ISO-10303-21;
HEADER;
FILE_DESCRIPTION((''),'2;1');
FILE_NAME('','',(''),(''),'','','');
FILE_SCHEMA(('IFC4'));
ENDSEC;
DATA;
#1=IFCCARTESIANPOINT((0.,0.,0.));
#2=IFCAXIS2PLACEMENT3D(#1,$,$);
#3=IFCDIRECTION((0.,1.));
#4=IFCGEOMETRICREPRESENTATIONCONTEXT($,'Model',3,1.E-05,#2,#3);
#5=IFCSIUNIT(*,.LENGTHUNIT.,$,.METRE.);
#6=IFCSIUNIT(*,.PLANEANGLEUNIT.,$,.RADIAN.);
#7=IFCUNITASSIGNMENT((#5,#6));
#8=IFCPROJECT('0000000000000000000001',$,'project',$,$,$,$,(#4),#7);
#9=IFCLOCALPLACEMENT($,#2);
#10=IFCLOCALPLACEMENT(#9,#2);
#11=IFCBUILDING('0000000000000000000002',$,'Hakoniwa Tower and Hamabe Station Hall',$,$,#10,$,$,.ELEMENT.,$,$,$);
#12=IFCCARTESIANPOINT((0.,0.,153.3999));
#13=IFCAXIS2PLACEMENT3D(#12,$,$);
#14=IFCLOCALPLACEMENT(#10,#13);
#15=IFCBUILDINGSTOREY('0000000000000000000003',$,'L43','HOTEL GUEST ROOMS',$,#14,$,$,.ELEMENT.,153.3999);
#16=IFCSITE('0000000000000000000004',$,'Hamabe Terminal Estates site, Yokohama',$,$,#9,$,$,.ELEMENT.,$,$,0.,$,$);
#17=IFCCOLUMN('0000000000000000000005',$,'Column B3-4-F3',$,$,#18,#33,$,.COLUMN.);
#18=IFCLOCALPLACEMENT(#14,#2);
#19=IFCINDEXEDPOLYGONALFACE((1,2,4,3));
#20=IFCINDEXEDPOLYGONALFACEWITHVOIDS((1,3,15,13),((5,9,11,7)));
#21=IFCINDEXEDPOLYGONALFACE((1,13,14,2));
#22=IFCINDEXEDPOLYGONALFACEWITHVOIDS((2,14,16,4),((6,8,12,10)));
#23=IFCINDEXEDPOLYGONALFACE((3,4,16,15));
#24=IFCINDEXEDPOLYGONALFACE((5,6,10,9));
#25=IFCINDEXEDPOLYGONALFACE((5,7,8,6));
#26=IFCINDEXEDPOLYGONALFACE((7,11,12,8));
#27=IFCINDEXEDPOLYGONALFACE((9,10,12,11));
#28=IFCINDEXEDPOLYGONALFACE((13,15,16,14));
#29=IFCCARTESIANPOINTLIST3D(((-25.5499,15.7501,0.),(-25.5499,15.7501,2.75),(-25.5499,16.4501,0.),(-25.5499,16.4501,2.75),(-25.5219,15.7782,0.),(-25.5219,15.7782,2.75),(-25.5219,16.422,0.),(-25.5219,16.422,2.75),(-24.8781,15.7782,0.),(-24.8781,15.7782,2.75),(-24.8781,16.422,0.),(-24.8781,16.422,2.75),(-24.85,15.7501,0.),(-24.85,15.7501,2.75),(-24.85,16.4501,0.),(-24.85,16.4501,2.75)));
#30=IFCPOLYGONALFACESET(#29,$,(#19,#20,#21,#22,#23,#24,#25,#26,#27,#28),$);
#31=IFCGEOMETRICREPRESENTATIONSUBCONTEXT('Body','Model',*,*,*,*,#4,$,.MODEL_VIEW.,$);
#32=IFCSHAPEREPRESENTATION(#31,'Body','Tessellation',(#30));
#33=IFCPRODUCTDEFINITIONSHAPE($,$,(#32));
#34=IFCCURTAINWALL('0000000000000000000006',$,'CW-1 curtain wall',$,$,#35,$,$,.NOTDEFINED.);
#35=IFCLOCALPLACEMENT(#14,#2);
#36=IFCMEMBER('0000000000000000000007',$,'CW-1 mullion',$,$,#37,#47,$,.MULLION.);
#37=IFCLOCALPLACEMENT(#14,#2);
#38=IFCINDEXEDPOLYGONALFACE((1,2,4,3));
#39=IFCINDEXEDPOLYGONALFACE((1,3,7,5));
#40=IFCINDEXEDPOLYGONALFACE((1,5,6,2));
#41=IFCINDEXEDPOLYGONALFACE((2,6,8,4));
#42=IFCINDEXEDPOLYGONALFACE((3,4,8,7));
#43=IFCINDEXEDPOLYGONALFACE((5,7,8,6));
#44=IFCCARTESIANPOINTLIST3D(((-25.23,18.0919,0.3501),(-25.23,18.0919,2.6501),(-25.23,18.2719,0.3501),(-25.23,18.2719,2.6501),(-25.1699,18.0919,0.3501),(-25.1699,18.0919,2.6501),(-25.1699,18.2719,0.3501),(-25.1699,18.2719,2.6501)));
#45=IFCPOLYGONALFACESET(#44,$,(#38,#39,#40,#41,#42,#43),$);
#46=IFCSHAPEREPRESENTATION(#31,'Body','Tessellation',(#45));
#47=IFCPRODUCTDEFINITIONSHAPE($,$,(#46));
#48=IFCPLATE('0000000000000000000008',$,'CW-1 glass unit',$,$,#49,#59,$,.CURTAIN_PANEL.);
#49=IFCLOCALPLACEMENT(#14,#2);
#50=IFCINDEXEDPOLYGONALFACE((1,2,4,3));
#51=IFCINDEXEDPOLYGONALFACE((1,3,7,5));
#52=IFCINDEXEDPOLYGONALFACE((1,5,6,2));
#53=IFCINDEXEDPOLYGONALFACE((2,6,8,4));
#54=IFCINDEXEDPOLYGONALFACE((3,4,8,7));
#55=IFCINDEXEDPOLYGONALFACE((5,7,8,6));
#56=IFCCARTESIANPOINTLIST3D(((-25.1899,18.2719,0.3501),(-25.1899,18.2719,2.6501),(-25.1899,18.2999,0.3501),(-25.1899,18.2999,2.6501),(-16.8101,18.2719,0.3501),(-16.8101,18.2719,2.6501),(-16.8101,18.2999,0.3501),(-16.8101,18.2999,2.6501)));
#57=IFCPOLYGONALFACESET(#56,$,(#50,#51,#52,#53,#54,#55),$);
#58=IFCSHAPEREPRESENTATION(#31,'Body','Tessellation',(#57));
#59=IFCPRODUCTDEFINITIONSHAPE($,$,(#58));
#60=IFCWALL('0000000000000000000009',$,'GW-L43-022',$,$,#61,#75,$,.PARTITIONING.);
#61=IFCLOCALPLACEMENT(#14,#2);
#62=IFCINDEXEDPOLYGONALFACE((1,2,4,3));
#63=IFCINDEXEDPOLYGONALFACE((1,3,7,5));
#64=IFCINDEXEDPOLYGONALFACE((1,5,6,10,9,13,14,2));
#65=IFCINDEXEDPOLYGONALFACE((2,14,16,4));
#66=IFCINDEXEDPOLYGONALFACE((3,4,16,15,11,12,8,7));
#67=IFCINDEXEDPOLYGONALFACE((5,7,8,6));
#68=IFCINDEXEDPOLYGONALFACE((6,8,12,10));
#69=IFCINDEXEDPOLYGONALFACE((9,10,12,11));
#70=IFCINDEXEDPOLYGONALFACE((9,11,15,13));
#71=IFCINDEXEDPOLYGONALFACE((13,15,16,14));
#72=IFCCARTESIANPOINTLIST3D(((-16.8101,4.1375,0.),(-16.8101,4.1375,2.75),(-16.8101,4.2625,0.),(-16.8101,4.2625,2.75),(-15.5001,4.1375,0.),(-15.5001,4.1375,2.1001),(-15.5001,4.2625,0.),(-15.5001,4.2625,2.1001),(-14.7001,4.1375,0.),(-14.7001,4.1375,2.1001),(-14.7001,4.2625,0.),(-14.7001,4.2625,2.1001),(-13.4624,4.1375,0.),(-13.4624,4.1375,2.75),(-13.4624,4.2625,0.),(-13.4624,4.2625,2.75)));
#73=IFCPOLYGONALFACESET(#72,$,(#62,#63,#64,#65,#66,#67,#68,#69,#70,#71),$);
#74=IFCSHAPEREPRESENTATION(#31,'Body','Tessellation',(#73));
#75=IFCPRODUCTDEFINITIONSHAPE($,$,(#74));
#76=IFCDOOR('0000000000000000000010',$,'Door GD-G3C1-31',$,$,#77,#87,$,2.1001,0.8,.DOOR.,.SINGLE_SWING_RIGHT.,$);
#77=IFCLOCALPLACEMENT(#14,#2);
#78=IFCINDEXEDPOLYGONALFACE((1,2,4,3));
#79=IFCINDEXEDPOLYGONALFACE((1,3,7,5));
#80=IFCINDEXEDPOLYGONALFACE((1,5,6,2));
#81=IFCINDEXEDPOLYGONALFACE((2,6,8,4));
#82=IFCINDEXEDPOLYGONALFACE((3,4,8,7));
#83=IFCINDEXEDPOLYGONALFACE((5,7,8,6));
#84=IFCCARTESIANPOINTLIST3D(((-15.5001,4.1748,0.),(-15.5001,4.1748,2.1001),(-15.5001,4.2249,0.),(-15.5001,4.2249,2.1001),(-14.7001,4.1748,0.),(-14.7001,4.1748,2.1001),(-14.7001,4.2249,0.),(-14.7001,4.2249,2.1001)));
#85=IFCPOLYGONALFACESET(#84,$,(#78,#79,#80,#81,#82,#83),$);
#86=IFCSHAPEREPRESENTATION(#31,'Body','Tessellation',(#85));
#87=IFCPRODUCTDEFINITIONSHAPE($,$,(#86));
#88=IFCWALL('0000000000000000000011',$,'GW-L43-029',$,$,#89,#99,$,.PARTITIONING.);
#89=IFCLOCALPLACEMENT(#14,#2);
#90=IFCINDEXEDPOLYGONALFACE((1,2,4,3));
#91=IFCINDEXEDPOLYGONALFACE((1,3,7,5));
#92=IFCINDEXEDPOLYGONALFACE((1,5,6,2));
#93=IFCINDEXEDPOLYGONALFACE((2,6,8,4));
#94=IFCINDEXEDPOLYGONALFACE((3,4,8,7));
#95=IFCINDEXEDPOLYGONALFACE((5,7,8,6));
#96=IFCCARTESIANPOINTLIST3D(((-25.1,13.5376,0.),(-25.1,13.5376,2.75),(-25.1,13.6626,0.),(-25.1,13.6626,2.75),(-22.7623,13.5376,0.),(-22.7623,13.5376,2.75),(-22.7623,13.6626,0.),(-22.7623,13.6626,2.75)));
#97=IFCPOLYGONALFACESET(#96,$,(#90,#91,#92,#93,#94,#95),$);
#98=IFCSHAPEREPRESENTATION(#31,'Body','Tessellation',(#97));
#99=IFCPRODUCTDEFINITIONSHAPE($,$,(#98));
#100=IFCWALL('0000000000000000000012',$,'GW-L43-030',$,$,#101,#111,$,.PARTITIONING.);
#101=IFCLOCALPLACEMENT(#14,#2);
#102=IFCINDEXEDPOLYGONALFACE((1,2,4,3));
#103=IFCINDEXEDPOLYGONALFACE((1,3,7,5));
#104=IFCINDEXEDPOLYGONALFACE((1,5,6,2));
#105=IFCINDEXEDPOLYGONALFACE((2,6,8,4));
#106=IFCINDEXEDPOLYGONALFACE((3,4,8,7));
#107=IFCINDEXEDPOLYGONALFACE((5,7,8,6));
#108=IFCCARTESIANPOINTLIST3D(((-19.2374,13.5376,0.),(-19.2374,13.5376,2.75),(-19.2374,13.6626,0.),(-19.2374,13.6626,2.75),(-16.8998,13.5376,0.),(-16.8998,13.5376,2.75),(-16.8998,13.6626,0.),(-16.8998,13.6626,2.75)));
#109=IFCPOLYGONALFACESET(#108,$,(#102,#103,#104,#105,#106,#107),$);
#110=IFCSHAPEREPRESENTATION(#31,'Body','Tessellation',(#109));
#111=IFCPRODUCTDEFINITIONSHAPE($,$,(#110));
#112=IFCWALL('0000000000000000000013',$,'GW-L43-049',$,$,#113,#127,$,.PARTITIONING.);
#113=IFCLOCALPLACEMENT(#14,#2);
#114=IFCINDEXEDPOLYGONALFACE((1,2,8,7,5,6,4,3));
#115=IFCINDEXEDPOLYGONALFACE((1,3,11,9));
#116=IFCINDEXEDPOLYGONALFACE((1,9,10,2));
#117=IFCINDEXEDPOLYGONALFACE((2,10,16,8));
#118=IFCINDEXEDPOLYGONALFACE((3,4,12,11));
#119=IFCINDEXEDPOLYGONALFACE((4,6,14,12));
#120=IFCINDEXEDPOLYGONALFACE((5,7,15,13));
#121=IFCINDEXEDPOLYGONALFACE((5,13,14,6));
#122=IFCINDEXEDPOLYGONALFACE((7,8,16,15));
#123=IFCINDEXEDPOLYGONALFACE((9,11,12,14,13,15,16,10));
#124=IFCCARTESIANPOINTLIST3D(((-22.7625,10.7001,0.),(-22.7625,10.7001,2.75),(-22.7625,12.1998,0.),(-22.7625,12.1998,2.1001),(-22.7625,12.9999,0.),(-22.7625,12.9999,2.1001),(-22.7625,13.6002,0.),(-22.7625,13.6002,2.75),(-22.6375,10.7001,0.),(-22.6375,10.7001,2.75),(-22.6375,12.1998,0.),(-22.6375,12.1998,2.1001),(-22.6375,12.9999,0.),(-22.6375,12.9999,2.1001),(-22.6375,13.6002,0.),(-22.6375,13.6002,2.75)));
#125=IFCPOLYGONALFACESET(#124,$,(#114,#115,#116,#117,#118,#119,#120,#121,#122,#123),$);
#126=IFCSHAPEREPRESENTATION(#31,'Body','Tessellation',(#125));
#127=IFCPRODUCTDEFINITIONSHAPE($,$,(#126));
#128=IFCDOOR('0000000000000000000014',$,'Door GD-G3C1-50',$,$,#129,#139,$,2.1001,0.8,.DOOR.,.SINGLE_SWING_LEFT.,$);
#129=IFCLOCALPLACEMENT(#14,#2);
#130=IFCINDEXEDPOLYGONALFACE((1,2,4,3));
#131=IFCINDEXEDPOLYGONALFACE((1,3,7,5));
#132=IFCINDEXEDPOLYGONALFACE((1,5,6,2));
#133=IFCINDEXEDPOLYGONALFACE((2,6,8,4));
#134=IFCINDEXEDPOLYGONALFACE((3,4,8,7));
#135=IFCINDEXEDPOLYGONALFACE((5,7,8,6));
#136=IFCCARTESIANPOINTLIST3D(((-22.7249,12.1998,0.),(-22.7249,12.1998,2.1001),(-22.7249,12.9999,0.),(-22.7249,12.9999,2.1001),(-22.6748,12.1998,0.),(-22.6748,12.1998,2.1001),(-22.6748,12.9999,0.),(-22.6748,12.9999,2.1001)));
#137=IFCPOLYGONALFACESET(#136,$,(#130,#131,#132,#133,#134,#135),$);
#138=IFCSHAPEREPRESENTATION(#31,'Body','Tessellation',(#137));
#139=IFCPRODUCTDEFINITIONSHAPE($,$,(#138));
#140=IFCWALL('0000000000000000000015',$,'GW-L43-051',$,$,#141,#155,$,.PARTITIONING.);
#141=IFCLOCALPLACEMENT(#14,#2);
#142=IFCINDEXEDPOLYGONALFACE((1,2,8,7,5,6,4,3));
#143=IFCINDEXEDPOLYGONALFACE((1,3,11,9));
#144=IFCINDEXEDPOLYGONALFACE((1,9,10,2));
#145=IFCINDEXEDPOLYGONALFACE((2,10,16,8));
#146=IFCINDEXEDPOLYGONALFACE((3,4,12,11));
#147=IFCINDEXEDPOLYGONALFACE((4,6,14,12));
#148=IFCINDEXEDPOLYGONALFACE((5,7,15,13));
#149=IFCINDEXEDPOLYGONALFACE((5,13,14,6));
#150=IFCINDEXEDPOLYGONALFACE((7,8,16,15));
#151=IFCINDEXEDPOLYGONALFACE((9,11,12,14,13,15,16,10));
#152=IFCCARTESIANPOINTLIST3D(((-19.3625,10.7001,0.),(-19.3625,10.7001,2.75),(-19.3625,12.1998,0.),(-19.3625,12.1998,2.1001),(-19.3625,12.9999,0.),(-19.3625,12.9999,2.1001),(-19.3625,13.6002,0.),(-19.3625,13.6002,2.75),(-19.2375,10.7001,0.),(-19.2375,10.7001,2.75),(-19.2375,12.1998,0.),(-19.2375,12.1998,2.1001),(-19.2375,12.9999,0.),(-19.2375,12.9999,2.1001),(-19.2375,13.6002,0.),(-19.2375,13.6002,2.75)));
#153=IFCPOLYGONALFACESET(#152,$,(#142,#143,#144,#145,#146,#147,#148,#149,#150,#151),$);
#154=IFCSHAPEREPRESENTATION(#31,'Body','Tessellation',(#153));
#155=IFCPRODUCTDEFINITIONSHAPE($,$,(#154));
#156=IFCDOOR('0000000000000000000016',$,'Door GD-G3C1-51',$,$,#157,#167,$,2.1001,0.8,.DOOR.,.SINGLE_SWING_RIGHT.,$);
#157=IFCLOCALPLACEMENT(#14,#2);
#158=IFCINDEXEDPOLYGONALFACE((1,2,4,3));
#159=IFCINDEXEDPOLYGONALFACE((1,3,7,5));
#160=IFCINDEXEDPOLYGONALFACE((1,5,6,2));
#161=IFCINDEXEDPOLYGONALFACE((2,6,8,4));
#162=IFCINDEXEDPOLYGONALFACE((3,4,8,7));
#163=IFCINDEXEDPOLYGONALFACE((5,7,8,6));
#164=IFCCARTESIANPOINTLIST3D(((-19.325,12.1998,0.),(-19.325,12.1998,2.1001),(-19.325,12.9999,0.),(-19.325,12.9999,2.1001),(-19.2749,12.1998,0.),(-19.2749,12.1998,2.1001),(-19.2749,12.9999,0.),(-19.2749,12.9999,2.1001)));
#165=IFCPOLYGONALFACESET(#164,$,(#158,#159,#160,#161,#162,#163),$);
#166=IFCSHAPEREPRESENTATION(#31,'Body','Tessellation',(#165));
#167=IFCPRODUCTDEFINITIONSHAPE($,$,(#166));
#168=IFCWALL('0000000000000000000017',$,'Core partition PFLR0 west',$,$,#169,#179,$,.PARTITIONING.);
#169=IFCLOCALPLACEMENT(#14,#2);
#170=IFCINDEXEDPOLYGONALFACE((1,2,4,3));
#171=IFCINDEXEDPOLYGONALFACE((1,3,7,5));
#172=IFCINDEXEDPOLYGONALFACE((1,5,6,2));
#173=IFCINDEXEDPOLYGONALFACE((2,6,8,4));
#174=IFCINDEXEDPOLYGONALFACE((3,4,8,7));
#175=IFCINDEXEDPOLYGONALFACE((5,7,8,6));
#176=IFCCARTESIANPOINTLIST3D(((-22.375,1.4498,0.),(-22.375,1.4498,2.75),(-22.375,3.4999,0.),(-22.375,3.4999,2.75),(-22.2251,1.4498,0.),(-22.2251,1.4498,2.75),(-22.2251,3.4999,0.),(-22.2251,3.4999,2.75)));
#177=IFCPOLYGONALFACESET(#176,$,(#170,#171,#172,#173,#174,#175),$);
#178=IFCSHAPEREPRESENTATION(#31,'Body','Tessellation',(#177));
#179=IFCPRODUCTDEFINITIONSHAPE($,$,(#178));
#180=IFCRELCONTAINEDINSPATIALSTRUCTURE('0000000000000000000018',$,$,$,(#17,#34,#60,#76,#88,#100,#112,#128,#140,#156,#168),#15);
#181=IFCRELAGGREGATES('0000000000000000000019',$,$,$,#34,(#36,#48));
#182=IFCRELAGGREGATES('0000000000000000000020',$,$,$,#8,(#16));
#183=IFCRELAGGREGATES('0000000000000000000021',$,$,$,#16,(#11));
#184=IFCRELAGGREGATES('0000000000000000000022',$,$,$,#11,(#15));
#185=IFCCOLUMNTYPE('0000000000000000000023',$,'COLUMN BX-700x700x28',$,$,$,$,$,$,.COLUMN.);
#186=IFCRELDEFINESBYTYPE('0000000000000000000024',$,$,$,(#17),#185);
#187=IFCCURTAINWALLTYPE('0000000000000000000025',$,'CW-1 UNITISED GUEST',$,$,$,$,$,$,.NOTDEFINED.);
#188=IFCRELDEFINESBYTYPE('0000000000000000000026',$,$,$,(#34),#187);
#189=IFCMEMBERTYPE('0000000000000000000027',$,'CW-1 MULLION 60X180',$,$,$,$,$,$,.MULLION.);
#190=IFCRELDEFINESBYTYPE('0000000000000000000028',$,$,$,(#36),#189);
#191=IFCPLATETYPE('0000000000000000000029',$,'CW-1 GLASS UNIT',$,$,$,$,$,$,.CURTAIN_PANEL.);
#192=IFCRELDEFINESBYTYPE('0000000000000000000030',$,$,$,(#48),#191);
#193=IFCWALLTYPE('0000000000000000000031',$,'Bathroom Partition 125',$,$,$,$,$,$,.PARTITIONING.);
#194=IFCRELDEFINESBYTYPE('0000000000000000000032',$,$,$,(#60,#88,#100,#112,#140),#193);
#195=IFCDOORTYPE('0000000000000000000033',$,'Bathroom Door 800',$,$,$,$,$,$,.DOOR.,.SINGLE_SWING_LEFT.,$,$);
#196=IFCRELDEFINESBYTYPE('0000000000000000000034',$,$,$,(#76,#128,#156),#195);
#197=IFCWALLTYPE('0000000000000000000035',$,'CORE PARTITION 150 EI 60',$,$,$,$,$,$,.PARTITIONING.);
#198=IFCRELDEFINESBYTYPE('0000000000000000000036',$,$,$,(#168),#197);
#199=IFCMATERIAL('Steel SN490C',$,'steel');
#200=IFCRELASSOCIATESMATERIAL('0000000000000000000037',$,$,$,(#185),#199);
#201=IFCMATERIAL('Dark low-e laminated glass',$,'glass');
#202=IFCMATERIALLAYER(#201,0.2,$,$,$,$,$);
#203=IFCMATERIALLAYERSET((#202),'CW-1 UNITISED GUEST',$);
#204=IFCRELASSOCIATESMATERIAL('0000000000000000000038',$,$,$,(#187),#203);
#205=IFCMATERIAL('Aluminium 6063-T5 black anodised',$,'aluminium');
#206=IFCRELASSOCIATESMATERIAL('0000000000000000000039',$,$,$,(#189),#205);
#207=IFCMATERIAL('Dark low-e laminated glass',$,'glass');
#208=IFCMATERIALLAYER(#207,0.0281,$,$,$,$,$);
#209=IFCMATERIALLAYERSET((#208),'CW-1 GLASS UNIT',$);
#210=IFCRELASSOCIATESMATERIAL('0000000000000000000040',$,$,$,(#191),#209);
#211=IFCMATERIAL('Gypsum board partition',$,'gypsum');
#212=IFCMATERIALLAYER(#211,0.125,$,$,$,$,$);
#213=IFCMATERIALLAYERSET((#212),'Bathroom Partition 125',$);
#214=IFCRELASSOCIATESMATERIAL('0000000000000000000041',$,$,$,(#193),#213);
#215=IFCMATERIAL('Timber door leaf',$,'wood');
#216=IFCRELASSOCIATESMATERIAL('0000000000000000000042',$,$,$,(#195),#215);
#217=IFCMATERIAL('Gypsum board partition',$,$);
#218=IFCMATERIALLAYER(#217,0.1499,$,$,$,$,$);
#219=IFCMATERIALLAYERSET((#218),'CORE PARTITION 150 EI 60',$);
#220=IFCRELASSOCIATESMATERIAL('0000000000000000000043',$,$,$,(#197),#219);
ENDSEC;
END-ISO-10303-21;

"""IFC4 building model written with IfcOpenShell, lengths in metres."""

from ifc_helpers import new_model, si_unit, direction, frame, frame_2d, origin, origin_2d, place, context, subcontext, project, spatial, rectangle, hollow_rectangle, extrude, material, layer, layer_set, material_profile, profile_set, type_object, element, fill, aggregate, save


model = new_model("IFC4")

# Units and contexts
model_context = context("Model", 3, precision=1e-05, world=origin(), true_north=direction((0.0, 1.0)))
body_context = subcontext(model_context, "Body", "Model", "MODEL_VIEW")
ifc_project = project(units=[si_unit("LENGTHUNIT", "METRE"), si_unit("PLANEANGLEUNIT", "RADIAN")], contexts=[model_context])

# Site, building, storey
site_placement = place(None, origin())
site = spatial("IfcSite", under=ifc_project, at=site_placement, Name="Hamabe Terminal Estates site, Yokohama", CompositionType="ELEMENT", RefElevation=0.0)
building_placement = place(site_placement, origin())
building = spatial("IfcBuilding", under=site, at=building_placement, Name="Hakoniwa Tower and Hamabe Station Hall", CompositionType="ELEMENT")
storey_placement = place(building_placement, frame((0.0, 0.0, 153.3999)))
storey = spatial("IfcBuildingStorey", under=building, at=storey_placement, Name="L43", Description="HOTEL GUEST ROOMS", CompositionType="ELEMENT", Elevation=153.3999)

# Column
ifc_material_1 = material(Name="Steel SN490C", Category="steel")
ifc_material_profile_1 = material_profile(ifc_material_1, hollow_rectangle(XDim=0.7, YDim=0.7, WallThickness=0.0281, at=origin_2d()), Name="BX-700x700x28")
ifc_profile_set_1 = profile_set([ifc_material_profile_1], Name="Steel SN490C")
column_type = type_object("IfcColumnType", Name="COLUMN BX-700x700x28", PredefinedType="COLUMN", material=ifc_profile_set_1)
column_placement = place(storey_placement, frame((-25.2, 16.1001, 0.0), z_axis=(0.0, 0.0, 1.0), x_axis=(1.0, 0.0, 0.0)))
element("IfcColumn", 1, at=column_placement, inside=storey, type_object=column_type, Name="Column B3-4-F3", PredefinedType="COLUMN", context=body_context, shape_type="SweptSolid", body=[
    extrude(hollow_rectangle(XDim=0.7, YDim=0.7, WallThickness=0.0281, at=origin_2d()), origin(), (0.0, 0.0, 1.0), 2.75),
])

# Curtain wall, member, plate
ifc_material_2 = material(Name="Dark low-e laminated glass", Category="glass")
ifc_layer_1 = layer(ifc_material_2, 0.2)
ifc_layer_set_1 = layer_set([ifc_layer_1], Name="CW-1 UNITISED GUEST")
curtain_wall_type = type_object("IfcCurtainWallType", Name="CW-1 UNITISED GUEST", PredefinedType="NOTDEFINED", material=ifc_layer_set_1)
curtain_wall_placement = place(storey_placement, origin())
curtain_wall = element("IfcCurtainWall", 2, at=curtain_wall_placement, inside=storey, type_object=curtain_wall_type, Name="CW-1 curtain wall", PredefinedType="NOTDEFINED")
ifc_material_3 = material(Name="Aluminium 6063-T5 black anodised", Category="aluminium")
ifc_material_profile_2 = material_profile(ifc_material_3, rectangle(XDim=0.0601, YDim=0.1799, at=origin_2d()), Name="CW-1 MULLION 60X180")
ifc_profile_set_2 = profile_set([ifc_material_profile_2], Name="Aluminium 6063-T5 black anodised")
member_type = type_object("IfcMemberType", Name="CW-1 MULLION 60X180", PredefinedType="MULLION", material=ifc_profile_set_2)
member_placement = place(storey_placement, frame((-25.2, 18.1819, 0.3501), z_axis=(0.0, 0.0, 1.0), x_axis=(-1.0, 0.0, 0.0)))
member = element("IfcMember", 3, at=member_placement, type_object=member_type, Name="CW-1 mullion", PredefinedType="MULLION", context=body_context, shape_type="SweptSolid", body=[
    extrude(rectangle(XDim=0.0601, YDim=0.1799, at=origin_2d()), origin(), (0.0, 0.0, 1.0), 2.3),
])
ifc_material_4 = material(Name="Dark low-e laminated glass", Category="glass")
ifc_layer_2 = layer(ifc_material_4, 0.0281)
ifc_layer_set_2 = layer_set([ifc_layer_2], Name="CW-1 GLASS UNIT")
plate_type = type_object("IfcPlateType", Name="CW-1 GLASS UNIT", PredefinedType="CURTAIN_PANEL", material=ifc_layer_set_2)
plate_placement = place(storey_placement, frame((-21.0, 18.2859, 0.3501), z_axis=(0.0, 0.0, 1.0), x_axis=(-1.0, 0.0, 0.0)))
plate = element("IfcPlate", 4, at=plate_placement, type_object=plate_type, Name="CW-1 glass unit", PredefinedType="CURTAIN_PANEL", context=body_context, shape_type="SweptSolid", body=[
    extrude(rectangle(XDim=8.3799, YDim=0.0281, at=origin_2d()), origin(), (0.0, 0.0, 1.0), 2.3),
])
aggregate(curtain_wall, [member, plate])

# Wall, opening, door
ifc_material_5 = material(Name="Gypsum board partition", Category="gypsum")
ifc_layer_3 = layer(ifc_material_5, 0.125)
ifc_layer_set_3 = layer_set([ifc_layer_3], Name="Bathroom Partition 125")
wall_type_1 = type_object("IfcWallType", Name="Bathroom Partition 125", PredefinedType="PARTITIONING", material=ifc_layer_set_3)
wall_1_placement = place(storey_placement, frame((-16.8101, 4.2, 0.0), z_axis=(0.0, 0.0, 1.0), x_axis=(1.0, 0.0, 0.0)))
wall_1 = element("IfcWall", 5, at=wall_1_placement, inside=storey, type_object=wall_type_1, Name="GW-L43-022", PredefinedType="PARTITIONING", context=body_context, shape_type="SweptSolid", body=[
    extrude(rectangle(XDim=3.3477, YDim=0.125, at=frame_2d((1.6738, 0.0))), origin(), (0.0, 0.0, 1.0), 2.75),
])
opening_1_placement = place(wall_1_placement, frame((1.3101, 0.0, 0.0)))
opening_1 = element("IfcOpeningElement", 6, at=opening_1_placement, cuts=wall_1, PredefinedType="OPENING", context=body_context, shape_type="SweptSolid", body=[
    extrude(rectangle(XDim=0.8, YDim=2.1001, at=frame_2d((0.3999, 1.05))), frame((0.0, 0.0725, 0.0), z_axis=(0.0, -1.0, 0.0), x_axis=(1.0, 0.0, 0.0)), (0.0, 0.0, 1.0), 0.145),
])
ifc_material_6 = material(Name="Timber door leaf", Category="wood")
door_type_1 = type_object("IfcDoorType", Name="Bathroom Door 800", OperationType="SINGLE_SWING_LEFT", PredefinedType="DOOR", material=ifc_material_6)
door_1_placement = place(opening_1_placement, origin())
door_1 = element("IfcDoor", 7, at=door_1_placement, inside=storey, type_object=door_type_1, Name="Door GD-G3C1-31", OperationType="SINGLE_SWING_RIGHT", OverallHeight=2.1001, OverallWidth=0.8, PredefinedType="DOOR", context=body_context, shape_type="SweptSolid", body=[
    extrude(rectangle(XDim=0.8, YDim=2.1001, at=frame_2d((0.3999, 1.05))), frame((0.0, 0.0249, 0.0), z_axis=(0.0, -1.0, 0.0), x_axis=(1.0, 0.0, 0.0)), (0.0, 0.0, 1.0), 0.05),
])
fill(opening_1, door_1)

# Walls
for number, where, z_axis, x_axis, name in (
    (8, (-25.1001, 13.6001, 0.0), (0.0, 0.0, 1.0), (1.0, 0.0, 0.0), "GW-L43-029"),
    (9, (-19.2375, 13.6001, 0.0), (0.0, 0.0, 1.0), (1.0, 0.0, 0.0), "GW-L43-030"),
):
    element("IfcWall", number, at=place(storey_placement, frame(where, z_axis=z_axis, x_axis=x_axis)), inside=storey, type_object=wall_type_1, Name=name, PredefinedType="PARTITIONING", context=body_context, shape_type="SweptSolid", body=[
        extrude(rectangle(XDim=2.3376, YDim=0.125, at=frame_2d((1.1689, 0.0))), origin(), (0.0, 0.0, 1.0), 2.75),
    ])

# Walls, openings, doors
wall_2_placement = place(storey_placement, frame((-22.7, 10.7, 0.0), z_axis=(0.0, 0.0, 1.0), x_axis=(0.0, 1.0, 0.0)))
wall_2 = element("IfcWall", 10, at=wall_2_placement, inside=storey, type_object=wall_type_1, Name="GW-L43-049", PredefinedType="PARTITIONING", context=body_context, shape_type="SweptSolid", body=[
    extrude(rectangle(XDim=2.9001, YDim=0.125, at=frame_2d((1.4502, 0.0))), origin(), (0.0, 0.0, 1.0), 2.75),
])
opening_2_placement = place(wall_2_placement, frame((1.5, 0.0, 0.0)))
opening_2 = element("IfcOpeningElement", 11, at=opening_2_placement, cuts=wall_2, PredefinedType="OPENING", context=body_context, shape_type="SweptSolid", body=[
    extrude(rectangle(XDim=0.8, YDim=2.1001, at=frame_2d((0.3999, 1.05))), frame((0.0, 0.0725, 0.0), z_axis=(0.0, -1.0, 0.0), x_axis=(1.0, 0.0, 0.0)), (0.0, 0.0, 1.0), 0.145),
])
door_2_placement = place(opening_2_placement, origin())
door_2 = element("IfcDoor", 12, at=door_2_placement, inside=storey, type_object=door_type_1, Name="Door GD-G3C1-50", OperationType="SINGLE_SWING_LEFT", OverallHeight=2.1001, OverallWidth=0.8, PredefinedType="DOOR", context=body_context, shape_type="SweptSolid", body=[
    extrude(rectangle(XDim=0.8, YDim=2.1001, at=frame_2d((0.3999, 1.05))), frame((0.0, 0.0249, 0.0), z_axis=(0.0, -1.0, 0.0), x_axis=(1.0, 0.0, 0.0)), (0.0, 0.0, 1.0), 0.05),
])
fill(opening_2, door_2)
wall_3_placement = place(storey_placement, frame((-19.3, 10.7, 0.0), z_axis=(0.0, 0.0, 1.0), x_axis=(0.0, 1.0, 0.0)))
wall_3 = element("IfcWall", 13, at=wall_3_placement, inside=storey, type_object=wall_type_1, Name="GW-L43-051", PredefinedType="PARTITIONING", context=body_context, shape_type="SweptSolid", body=[
    extrude(rectangle(XDim=2.9001, YDim=0.125, at=frame_2d((1.4502, 0.0))), origin(), (0.0, 0.0, 1.0), 2.75),
])
opening_3_placement = place(wall_3_placement, frame((1.5, 0.0, 0.0)))
opening_3 = element("IfcOpeningElement", 14, at=opening_3_placement, cuts=wall_3, PredefinedType="OPENING", context=body_context, shape_type="SweptSolid", body=[
    extrude(rectangle(XDim=0.8, YDim=2.1001, at=frame_2d((0.3999, 1.05))), frame((0.0, 0.0725, 0.0), z_axis=(0.0, -1.0, 0.0), x_axis=(1.0, 0.0, 0.0)), (0.0, 0.0, 1.0), 0.145),
])
door_3_placement = place(opening_3_placement, origin())
door_3 = element("IfcDoor", 15, at=door_3_placement, inside=storey, type_object=door_type_1, Name="Door GD-G3C1-51", OperationType="SINGLE_SWING_RIGHT", OverallHeight=2.1001, OverallWidth=0.8, PredefinedType="DOOR", context=body_context, shape_type="SweptSolid", body=[
    extrude(rectangle(XDim=0.8, YDim=2.1001, at=frame_2d((0.3999, 1.05))), frame((0.0, 0.0249, 0.0), z_axis=(0.0, -1.0, 0.0), x_axis=(1.0, 0.0, 0.0)), (0.0, 0.0, 1.0), 0.05),
])
fill(opening_3, door_3)

# Wall
ifc_material_7 = material(Name="Gypsum board partition")
ifc_layer_4 = layer(ifc_material_7, 0.1499)
ifc_layer_set_4 = layer_set([ifc_layer_4], Name="CORE PARTITION 150 EI 60")
wall_type_2 = type_object("IfcWallType", Name="CORE PARTITION 150 EI 60", PredefinedType="PARTITIONING", material=ifc_layer_set_4)
wall_4_placement = place(storey_placement, frame((-22.3, 1.45, 0.0), z_axis=(0.0, 0.0, 1.0), x_axis=(0.0, 1.0, 0.0)))
element("IfcWall", 16, at=wall_4_placement, inside=storey, type_object=wall_type_2, Name="Core partition PFLR0 west", PredefinedType="PARTITIONING", context=body_context, shape_type="SweptSolid", body=[
    extrude(rectangle(XDim=2.05, YDim=0.1499, at=frame_2d((1.0249, 0.0))), origin(), (0.0, 0.0, 1.0), 2.75),
])

save(model, "model.ifc")
